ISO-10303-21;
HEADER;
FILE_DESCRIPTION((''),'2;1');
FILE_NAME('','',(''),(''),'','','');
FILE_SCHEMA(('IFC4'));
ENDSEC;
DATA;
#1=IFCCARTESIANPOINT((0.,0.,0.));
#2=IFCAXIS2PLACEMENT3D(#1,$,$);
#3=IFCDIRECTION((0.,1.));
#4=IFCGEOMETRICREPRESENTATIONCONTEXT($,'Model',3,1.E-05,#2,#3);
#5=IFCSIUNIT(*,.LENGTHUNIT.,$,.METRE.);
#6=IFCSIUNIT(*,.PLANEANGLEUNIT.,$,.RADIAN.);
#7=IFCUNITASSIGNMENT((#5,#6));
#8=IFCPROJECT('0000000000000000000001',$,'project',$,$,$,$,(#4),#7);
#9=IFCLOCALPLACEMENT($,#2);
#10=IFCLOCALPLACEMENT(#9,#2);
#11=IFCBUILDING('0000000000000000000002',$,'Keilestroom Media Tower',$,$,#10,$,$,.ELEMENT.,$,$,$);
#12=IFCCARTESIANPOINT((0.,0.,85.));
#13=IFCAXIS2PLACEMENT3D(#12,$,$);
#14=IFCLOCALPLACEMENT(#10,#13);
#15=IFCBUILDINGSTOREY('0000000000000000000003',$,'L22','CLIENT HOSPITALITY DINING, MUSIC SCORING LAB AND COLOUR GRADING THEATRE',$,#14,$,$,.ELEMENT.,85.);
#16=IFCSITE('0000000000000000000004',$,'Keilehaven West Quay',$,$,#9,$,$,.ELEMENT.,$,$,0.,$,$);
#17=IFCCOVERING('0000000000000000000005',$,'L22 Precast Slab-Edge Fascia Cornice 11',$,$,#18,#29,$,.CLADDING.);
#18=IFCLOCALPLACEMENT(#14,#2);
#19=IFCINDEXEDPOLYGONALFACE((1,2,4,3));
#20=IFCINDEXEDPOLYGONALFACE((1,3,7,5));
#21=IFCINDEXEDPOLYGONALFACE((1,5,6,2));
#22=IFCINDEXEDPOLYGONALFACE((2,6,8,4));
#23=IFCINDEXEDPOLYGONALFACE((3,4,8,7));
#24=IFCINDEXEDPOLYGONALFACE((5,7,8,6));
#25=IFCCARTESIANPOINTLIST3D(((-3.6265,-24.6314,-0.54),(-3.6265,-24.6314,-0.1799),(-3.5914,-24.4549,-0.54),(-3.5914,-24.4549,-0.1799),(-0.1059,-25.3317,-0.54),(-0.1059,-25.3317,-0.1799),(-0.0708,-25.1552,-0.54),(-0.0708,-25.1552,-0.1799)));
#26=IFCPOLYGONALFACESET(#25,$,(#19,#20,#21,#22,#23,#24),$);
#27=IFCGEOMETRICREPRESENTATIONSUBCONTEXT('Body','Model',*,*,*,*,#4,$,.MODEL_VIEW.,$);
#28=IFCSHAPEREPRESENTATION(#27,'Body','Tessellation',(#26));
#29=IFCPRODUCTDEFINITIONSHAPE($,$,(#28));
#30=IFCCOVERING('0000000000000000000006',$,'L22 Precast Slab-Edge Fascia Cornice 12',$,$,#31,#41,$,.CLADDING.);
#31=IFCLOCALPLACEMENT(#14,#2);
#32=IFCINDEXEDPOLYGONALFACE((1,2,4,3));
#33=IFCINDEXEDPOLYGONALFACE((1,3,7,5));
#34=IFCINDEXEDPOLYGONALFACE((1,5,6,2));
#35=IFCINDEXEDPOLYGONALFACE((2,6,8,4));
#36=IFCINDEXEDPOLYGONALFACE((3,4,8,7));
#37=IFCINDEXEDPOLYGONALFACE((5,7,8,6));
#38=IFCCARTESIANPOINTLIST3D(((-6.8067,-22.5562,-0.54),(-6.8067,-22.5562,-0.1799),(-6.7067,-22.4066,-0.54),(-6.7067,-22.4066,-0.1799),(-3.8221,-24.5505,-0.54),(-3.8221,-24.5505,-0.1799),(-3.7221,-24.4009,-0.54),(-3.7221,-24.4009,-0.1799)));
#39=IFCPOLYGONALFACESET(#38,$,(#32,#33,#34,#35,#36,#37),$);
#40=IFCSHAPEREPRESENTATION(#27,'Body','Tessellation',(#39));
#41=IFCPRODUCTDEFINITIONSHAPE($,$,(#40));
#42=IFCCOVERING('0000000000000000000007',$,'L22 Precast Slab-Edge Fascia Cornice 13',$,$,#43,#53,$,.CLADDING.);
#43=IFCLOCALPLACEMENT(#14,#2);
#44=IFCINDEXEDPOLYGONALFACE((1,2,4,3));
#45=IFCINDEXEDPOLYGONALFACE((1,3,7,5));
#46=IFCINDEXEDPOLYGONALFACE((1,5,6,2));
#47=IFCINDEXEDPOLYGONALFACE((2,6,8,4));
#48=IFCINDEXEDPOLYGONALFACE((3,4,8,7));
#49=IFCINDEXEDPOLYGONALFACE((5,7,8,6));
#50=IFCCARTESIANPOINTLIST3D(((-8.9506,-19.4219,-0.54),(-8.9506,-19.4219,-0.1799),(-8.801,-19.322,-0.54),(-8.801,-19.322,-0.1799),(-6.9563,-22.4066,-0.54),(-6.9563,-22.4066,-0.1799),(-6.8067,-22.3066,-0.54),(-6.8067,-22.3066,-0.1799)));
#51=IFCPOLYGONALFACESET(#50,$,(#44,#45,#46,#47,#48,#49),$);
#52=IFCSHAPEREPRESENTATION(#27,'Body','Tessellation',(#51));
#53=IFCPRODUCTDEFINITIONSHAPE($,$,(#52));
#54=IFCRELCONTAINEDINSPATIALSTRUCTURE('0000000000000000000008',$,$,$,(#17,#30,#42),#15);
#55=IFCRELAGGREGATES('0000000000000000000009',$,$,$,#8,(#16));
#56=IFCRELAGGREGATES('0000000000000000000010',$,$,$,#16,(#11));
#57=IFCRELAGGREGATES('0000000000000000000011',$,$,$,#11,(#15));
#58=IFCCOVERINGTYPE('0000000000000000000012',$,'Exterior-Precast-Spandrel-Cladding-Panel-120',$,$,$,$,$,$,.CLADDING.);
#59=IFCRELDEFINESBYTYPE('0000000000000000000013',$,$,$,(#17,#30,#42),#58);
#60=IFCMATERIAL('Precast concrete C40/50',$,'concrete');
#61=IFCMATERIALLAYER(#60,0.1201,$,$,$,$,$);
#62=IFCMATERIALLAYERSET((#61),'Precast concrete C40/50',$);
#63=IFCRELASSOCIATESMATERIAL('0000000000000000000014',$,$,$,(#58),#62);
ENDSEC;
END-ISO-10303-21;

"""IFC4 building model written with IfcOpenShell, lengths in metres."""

from ifc_helpers import new_model, si_unit, direction, frame, origin, origin_2d, place, context, subcontext, project, spatial, rectangle, extrude, source, transform, mapped, material, layer, layer_set, type_object, element, save


model = new_model("IFC4")

# Units and contexts
model_context = context("Model", 3, precision=1e-05, world=origin(), true_north=direction((0.0, 1.0)))
body_context = subcontext(model_context, "Body", "Model", "MODEL_VIEW")
ifc_project = project(units=[si_unit("LENGTHUNIT", "METRE"), si_unit("PLANEANGLEUNIT", "RADIAN")], contexts=[model_context])

# Site, building, storey
site_placement = place(None, origin())
site = spatial("IfcSite", under=ifc_project, at=site_placement, Name="Keilehaven West Quay", CompositionType="ELEMENT", RefElevation=0.0)
building_placement = place(site_placement, origin())
building = spatial("IfcBuilding", under=site, at=building_placement, Name="Keilestroom Media Tower", CompositionType="ELEMENT")
storey_placement = place(building_placement, frame((0.0, 0.0, 85.0)))
storey = spatial("IfcBuildingStorey", under=building, at=storey_placement, Name="L22", Description="CLIENT HOSPITALITY DINING, MUSIC SCORING LAB AND COLOUR GRADING THEATRE", CompositionType="ELEMENT", Elevation=85.0)

# Shared definitions
ifc_material_1 = material(Name="Precast concrete C40/50", Category="concrete")

# Coverings
ifc_layer_1 = layer(ifc_material_1, 0.1201)
ifc_layer_set_1 = layer_set([ifc_layer_1], Name="Precast concrete C40/50")
covering_type = type_object("IfcCoveringType", Name="Exterior-Precast-Spandrel-Cladding-Panel-120", PredefinedType="CLADDING", material=ifc_layer_set_1)
shared_shape_1 = source(origin(), body_context, "Body", "SweptSolid", [
    extrude(rectangle(XDim=3.5896, YDim=0.1799, at=origin_2d()), origin(), (0.0, 0.0, 1.0), 0.3601),
])
for number, where, z_axis, x_axis, name in (
    (1, (-1.8486, -24.8933, -0.54), (0.0, 0.0, 1.0), (-0.980784, 0.195099, 0.0), "L22 Precast Slab-Edge Fascia Cornice 11"),
    (2, (-5.2644, -23.4785, -0.54), (0.0, 0.0, 1.0), (-0.831467, 0.555575, 0.0), "L22 Precast Slab-Edge Fascia Cornice 12"),
    (3, (-7.8787, -20.8643, -0.54), (0.0, 0.0, 1.0), (-0.555575, 0.831467, 0.0), "L22 Precast Slab-Edge Fascia Cornice 13"),
):
    element("IfcCovering", number, at=place(storey_placement, frame(where, z_axis=z_axis, x_axis=x_axis)), inside=storey, type_object=covering_type, Name=name, PredefinedType="CLADDING", context=body_context, shape_type="MappedRepresentation", body=[
        mapped(shared_shape_1, transform((0.0, 0.0, 0.0), x_axis=(1.0, 0.0, 0.0), y_axis=(0.0, 1.0, 0.0), z_axis=(0.0, 0.0, 1.0), scale=1.0)),
    ])

save(model, "model.ifc")
